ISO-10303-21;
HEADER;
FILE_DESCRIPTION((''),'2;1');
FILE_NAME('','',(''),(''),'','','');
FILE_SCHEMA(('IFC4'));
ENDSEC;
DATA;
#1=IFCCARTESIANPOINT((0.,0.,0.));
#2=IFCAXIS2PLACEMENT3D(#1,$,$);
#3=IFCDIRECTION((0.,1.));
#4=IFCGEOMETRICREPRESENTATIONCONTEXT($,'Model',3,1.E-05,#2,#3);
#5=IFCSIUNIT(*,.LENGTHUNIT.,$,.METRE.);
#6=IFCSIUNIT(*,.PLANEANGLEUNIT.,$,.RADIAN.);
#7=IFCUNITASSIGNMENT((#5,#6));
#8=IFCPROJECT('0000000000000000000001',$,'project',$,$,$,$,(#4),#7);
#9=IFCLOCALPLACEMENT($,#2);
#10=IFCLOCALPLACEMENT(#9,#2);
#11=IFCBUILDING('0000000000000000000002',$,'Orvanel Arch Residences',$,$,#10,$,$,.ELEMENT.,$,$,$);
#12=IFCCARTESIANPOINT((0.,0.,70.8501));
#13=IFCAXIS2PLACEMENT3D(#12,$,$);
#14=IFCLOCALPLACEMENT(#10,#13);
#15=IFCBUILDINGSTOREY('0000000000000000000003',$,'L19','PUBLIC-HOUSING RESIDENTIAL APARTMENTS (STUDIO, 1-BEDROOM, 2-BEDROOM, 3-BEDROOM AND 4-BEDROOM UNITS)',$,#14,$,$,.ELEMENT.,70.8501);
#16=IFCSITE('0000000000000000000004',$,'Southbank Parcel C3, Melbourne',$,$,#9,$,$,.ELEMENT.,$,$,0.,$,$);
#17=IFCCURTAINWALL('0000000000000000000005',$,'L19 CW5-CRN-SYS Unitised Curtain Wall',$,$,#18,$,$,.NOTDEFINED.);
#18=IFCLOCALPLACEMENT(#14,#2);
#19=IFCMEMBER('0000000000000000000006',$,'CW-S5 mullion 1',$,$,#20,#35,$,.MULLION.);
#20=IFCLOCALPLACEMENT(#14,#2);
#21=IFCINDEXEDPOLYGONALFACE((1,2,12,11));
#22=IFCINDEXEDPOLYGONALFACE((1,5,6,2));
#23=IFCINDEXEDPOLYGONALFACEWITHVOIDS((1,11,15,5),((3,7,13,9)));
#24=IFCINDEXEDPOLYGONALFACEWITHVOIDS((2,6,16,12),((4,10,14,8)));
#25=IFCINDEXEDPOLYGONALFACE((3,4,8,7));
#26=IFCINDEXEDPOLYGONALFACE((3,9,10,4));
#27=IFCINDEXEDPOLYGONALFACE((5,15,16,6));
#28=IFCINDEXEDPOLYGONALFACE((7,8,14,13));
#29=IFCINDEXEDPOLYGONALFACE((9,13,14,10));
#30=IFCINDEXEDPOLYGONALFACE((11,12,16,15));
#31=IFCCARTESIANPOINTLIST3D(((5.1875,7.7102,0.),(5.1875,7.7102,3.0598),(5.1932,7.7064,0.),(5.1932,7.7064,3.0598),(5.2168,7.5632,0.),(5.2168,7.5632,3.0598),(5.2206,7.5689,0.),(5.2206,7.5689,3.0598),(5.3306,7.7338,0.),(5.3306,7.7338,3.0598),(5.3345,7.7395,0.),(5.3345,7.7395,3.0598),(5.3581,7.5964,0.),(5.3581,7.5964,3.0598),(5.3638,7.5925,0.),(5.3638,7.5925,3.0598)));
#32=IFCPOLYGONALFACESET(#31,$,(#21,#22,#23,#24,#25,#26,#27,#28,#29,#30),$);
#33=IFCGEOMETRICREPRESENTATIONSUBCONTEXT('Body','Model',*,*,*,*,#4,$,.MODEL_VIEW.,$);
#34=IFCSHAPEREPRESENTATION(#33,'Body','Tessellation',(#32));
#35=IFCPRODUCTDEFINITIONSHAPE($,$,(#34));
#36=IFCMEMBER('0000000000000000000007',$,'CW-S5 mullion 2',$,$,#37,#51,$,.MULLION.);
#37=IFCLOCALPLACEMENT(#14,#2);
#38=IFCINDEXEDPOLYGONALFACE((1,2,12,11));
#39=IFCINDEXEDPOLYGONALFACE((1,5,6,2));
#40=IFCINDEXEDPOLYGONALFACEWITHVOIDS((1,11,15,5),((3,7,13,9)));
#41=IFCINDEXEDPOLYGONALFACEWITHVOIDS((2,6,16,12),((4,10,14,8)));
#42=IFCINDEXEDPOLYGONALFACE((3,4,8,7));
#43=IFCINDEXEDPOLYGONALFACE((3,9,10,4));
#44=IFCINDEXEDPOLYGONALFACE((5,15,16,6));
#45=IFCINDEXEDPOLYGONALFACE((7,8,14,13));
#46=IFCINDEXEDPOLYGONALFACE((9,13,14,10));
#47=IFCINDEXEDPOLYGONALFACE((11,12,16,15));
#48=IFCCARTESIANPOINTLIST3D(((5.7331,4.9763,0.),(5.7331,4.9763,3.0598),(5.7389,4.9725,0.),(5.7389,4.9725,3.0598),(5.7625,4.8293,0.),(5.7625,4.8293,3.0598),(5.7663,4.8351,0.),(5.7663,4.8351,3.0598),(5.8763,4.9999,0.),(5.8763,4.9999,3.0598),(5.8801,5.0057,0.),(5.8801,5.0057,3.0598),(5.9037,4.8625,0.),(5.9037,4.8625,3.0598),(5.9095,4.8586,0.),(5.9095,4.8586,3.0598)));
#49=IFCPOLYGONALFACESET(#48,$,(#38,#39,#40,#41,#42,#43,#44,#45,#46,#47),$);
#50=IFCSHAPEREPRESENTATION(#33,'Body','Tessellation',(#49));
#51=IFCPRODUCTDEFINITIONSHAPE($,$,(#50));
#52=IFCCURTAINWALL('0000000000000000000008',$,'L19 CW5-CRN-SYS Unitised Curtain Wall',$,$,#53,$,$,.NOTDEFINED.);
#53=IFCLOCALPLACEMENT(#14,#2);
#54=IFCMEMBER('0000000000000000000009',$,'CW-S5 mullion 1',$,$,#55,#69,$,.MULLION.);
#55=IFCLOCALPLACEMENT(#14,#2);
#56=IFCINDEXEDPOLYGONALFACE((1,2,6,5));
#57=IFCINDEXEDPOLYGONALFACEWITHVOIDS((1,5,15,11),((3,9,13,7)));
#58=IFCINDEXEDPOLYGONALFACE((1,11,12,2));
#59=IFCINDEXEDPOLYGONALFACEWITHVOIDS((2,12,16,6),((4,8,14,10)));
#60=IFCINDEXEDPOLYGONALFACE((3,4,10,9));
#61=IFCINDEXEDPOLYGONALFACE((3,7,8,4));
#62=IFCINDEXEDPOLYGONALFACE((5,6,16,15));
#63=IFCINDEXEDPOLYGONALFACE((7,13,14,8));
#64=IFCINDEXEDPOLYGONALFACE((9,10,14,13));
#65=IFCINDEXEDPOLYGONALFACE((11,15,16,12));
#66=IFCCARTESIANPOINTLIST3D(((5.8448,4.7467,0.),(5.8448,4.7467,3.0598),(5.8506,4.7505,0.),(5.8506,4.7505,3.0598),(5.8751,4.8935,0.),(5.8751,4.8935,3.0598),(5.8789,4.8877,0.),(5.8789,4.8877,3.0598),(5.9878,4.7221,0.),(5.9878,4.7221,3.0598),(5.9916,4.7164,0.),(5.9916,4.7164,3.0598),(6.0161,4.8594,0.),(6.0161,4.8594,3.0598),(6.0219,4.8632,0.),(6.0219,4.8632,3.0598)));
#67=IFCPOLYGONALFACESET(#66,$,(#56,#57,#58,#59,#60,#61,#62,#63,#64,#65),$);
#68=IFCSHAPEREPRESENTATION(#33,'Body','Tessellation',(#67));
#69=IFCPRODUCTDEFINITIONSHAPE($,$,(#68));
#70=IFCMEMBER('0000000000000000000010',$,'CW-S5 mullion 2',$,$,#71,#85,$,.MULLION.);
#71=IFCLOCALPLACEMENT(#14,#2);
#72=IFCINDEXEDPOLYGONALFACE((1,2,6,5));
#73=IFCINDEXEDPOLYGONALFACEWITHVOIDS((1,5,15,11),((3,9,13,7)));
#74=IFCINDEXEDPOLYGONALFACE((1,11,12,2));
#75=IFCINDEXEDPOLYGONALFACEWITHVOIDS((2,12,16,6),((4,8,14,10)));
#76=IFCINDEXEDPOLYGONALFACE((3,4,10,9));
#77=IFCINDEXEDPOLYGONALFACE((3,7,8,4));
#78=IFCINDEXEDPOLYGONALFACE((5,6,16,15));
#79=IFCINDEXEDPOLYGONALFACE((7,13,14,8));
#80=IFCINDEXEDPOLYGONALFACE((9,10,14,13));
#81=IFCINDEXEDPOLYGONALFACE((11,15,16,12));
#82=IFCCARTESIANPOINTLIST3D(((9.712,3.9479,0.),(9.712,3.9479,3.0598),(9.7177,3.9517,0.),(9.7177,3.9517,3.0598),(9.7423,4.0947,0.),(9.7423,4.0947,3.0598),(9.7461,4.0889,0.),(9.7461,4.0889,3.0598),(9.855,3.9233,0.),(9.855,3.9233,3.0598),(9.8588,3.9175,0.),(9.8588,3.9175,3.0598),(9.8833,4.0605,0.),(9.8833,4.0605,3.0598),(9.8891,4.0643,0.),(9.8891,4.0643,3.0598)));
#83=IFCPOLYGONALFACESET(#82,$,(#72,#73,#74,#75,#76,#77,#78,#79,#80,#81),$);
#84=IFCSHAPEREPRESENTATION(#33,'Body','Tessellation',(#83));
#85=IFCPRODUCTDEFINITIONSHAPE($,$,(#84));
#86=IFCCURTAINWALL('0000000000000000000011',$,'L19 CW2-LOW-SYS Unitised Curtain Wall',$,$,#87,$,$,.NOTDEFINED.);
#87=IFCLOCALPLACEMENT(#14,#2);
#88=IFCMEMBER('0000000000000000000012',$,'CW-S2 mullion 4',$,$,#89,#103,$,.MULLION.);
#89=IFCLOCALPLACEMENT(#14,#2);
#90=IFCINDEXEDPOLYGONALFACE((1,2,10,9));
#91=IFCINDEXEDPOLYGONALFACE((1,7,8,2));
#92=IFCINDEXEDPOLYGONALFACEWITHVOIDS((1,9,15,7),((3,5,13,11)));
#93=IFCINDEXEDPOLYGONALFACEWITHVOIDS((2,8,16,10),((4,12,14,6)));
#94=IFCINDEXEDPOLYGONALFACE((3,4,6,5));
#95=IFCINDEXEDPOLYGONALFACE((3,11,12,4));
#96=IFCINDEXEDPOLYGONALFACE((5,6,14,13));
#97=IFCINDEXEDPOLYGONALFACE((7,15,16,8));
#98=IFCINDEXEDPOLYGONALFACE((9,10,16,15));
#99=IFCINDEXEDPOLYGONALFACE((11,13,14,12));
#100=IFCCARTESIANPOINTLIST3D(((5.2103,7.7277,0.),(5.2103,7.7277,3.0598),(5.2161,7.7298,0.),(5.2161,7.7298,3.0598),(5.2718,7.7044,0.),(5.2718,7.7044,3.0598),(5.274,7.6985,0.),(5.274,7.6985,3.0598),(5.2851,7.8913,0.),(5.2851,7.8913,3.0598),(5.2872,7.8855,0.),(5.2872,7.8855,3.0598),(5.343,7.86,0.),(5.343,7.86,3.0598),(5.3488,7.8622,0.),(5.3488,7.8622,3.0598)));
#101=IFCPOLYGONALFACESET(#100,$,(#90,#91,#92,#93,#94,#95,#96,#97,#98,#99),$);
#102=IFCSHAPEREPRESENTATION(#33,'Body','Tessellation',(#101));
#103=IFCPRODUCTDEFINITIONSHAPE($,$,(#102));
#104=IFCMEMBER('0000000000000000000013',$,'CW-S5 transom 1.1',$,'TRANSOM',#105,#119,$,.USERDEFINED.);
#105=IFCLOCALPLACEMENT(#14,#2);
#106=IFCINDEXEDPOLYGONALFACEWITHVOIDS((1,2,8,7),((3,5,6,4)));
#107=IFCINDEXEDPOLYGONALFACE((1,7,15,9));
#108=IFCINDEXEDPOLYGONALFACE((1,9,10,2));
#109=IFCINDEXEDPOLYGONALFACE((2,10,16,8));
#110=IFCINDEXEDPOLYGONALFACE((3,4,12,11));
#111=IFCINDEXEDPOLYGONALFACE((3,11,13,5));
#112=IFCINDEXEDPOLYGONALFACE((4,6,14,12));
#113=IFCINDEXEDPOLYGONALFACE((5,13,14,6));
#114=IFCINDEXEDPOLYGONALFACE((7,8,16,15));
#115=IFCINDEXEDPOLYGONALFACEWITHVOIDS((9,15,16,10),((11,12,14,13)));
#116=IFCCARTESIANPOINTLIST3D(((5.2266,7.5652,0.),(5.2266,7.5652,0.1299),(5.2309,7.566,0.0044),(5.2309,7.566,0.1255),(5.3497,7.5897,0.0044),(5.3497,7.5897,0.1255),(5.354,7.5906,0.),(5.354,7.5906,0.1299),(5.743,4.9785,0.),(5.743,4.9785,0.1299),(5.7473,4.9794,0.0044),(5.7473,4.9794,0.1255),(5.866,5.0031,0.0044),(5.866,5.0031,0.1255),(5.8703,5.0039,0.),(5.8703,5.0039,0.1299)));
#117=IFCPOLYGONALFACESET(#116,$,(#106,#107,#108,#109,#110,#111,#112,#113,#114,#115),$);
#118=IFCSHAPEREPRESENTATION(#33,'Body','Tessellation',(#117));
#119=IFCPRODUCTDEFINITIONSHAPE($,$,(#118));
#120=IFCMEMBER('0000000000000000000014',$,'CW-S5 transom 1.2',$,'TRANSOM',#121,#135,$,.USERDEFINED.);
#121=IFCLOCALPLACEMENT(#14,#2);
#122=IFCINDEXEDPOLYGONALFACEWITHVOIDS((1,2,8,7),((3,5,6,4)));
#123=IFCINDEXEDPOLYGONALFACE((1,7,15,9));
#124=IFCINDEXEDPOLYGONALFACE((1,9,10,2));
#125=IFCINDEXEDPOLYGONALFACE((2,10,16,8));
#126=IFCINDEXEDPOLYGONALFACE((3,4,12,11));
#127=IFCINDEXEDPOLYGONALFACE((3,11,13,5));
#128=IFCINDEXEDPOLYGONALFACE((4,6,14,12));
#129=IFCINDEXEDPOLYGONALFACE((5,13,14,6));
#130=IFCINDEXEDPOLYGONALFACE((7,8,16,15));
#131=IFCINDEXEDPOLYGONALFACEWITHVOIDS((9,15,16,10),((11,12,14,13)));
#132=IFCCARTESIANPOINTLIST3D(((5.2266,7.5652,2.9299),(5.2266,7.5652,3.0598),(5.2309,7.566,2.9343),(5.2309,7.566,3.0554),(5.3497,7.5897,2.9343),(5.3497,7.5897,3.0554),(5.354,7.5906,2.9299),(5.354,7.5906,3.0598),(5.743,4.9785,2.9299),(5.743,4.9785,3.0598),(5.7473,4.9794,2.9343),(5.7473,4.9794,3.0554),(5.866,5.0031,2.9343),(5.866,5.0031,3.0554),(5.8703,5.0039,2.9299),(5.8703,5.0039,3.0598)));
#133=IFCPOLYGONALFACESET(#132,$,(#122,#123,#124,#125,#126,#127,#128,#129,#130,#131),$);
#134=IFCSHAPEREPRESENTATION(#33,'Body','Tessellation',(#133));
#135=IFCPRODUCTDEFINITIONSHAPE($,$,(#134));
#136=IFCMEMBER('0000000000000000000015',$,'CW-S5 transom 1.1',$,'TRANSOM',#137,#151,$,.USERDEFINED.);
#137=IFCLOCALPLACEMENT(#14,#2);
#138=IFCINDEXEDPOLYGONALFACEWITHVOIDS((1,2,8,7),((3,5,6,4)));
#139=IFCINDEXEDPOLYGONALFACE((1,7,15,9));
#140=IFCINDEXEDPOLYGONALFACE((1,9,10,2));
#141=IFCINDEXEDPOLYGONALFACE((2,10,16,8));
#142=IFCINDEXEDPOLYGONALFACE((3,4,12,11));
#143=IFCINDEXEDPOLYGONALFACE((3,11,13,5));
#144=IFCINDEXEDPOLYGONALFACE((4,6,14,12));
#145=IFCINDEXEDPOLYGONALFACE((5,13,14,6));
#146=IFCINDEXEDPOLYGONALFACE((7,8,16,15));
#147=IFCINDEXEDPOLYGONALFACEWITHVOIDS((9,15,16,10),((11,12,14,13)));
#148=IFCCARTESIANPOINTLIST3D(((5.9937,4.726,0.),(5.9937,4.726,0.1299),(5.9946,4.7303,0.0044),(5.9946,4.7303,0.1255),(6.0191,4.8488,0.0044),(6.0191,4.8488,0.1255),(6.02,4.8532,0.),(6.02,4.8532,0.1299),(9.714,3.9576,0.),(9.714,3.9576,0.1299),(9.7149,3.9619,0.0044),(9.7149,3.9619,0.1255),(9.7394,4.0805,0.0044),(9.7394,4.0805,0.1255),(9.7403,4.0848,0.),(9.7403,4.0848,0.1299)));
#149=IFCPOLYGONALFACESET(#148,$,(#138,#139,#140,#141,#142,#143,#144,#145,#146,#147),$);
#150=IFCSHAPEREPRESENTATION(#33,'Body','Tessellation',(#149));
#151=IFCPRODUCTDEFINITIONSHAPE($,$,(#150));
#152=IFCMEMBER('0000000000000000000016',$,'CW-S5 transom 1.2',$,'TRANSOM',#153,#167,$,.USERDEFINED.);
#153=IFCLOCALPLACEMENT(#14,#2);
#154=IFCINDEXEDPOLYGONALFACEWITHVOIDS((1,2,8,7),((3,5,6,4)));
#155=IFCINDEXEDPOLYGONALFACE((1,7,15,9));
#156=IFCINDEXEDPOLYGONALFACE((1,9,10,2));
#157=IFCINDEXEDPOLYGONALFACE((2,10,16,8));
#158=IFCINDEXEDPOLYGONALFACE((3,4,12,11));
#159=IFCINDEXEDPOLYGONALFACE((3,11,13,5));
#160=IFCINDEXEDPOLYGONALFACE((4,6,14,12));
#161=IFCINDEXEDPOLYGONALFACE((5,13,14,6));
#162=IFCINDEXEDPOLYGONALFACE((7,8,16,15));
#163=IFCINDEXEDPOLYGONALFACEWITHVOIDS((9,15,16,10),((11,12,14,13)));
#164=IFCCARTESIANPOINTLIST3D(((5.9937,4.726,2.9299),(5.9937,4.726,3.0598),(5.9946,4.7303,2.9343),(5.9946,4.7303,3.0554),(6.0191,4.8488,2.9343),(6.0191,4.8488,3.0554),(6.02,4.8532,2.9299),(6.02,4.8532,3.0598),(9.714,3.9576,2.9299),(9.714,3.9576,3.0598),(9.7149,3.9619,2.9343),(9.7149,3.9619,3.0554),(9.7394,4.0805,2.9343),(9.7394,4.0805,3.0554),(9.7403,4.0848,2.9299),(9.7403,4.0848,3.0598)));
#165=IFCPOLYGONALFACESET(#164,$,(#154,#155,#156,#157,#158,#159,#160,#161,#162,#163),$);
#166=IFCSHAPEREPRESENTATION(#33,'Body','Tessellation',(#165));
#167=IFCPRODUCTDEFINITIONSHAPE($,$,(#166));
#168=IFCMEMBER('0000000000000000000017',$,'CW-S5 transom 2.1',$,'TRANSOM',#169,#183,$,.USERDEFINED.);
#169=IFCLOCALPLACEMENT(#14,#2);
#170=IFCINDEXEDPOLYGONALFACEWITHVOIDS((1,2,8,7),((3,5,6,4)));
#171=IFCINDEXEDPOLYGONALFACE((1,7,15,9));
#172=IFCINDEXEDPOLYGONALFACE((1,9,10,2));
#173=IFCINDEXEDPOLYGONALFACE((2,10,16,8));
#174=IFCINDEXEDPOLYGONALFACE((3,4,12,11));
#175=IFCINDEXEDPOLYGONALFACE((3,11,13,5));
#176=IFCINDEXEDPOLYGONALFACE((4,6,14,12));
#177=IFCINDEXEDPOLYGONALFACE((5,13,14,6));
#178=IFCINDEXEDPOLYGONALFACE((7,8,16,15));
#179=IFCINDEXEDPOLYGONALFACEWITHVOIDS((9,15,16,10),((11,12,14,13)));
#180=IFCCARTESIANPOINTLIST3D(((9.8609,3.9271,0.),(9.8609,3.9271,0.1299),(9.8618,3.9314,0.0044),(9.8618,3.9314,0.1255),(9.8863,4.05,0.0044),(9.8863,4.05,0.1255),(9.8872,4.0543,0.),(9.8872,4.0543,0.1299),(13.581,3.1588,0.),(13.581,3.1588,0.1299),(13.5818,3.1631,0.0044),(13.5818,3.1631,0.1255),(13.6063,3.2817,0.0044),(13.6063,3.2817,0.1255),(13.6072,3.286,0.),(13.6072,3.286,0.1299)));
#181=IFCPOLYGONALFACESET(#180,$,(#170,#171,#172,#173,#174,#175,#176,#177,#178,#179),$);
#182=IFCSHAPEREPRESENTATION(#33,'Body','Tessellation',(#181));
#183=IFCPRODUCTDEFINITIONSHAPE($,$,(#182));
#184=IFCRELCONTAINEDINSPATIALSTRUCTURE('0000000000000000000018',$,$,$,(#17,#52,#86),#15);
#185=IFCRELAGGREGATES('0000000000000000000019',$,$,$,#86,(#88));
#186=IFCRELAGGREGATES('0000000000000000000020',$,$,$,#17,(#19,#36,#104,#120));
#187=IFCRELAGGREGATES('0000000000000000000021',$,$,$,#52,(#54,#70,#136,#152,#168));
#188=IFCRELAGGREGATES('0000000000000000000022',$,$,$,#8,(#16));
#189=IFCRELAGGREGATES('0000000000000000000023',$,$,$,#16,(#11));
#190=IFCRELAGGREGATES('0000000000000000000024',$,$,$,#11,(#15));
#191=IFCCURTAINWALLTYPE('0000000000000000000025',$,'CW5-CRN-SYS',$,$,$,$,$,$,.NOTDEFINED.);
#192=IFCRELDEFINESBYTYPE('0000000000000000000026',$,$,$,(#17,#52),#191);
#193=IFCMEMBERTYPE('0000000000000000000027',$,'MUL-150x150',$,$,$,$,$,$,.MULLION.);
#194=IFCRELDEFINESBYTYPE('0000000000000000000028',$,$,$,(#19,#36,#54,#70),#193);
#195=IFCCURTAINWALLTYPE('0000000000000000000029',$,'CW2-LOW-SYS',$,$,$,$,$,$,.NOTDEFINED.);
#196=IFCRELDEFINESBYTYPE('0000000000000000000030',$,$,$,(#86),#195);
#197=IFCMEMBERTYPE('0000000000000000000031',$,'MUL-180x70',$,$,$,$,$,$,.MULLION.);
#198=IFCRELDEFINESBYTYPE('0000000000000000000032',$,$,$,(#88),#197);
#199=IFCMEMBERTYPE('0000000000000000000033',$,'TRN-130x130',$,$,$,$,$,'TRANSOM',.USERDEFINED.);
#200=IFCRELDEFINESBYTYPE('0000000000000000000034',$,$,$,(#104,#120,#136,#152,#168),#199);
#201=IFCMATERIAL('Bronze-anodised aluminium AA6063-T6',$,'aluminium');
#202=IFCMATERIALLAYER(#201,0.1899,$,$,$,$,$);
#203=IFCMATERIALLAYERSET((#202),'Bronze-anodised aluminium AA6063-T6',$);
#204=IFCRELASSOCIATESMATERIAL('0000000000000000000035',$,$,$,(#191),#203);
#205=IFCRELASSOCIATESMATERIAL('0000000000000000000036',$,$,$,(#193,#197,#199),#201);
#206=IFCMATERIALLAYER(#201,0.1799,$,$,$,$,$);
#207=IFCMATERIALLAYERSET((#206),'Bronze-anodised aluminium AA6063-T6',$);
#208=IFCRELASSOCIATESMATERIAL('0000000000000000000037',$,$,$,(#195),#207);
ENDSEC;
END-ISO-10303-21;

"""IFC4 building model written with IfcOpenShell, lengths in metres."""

from ifc_helpers import new_model, si_unit, direction, frame, origin, origin_2d, place, context, subcontext, project, spatial, hollow_rectangle, extrude, material, layer, layer_set, material_profile, profile_set, type_object, element, aggregate, save


model = new_model("IFC4")

# Units and contexts
model_context = context("Model", 3, precision=1e-05, world=origin(), true_north=direction((0.0, 1.0)))
body_context = subcontext(model_context, "Body", "Model", "MODEL_VIEW")
ifc_project = project(units=[si_unit("LENGTHUNIT", "METRE"), si_unit("PLANEANGLEUNIT", "RADIAN")], contexts=[model_context])

# Site, building, storey
site_placement = place(None, origin())
site = spatial("IfcSite", under=ifc_project, at=site_placement, Name="Southbank Parcel C3, Melbourne", CompositionType="ELEMENT", RefElevation=0.0)
building_placement = place(site_placement, origin())
building = spatial("IfcBuilding", under=site, at=building_placement, Name="Orvanel Arch Residences", CompositionType="ELEMENT")
storey_placement = place(building_placement, frame((0.0, 0.0, 70.8501)))
storey = spatial("IfcBuildingStorey", under=building, at=storey_placement, Name="L19", Description="PUBLIC-HOUSING RESIDENTIAL APARTMENTS (STUDIO, 1-BEDROOM, 2-BEDROOM, 3-BEDROOM AND 4-BEDROOM UNITS)", CompositionType="ELEMENT", Elevation=70.8501)

# Curtain walls, members
ifc_material_1 = material(Name="Bronze-anodised aluminium AA6063-T6", Category="aluminium")
ifc_layer_1 = layer(ifc_material_1, 0.1899)
ifc_layer_set_1 = layer_set([ifc_layer_1], Name="Bronze-anodised aluminium AA6063-T6")
curtain_wall_type_1 = type_object("IfcCurtainWallType", Name="CW5-CRN-SYS", PredefinedType="NOTDEFINED", material=ifc_layer_set_1)
curtain_wall_1_placement = place(storey_placement, origin())
curtain_wall_1 = element("IfcCurtainWall", 1, at=curtain_wall_1_placement, inside=storey, type_object=curtain_wall_type_1, Name="L19 CW5-CRN-SYS Unitised Curtain Wall", PredefinedType="NOTDEFINED")
ifc_material_profile_1 = material_profile(ifc_material_1, hollow_rectangle(XDim=0.1499, YDim=0.1499, WallThickness=0.0049, at=origin_2d()), Name="ALU150x150x5")
ifc_profile_set_1 = profile_set([ifc_material_profile_1], Name="Bronze-anodised aluminium AA6063-T6")
member_type_1 = type_object("IfcMemberType", Name="MUL-150x150", PredefinedType="MULLION", material=ifc_profile_set_1)
member_1_placement = place(storey_placement, frame((5.2756, 7.6514, 0.0), z_axis=(0.0, 0.0, 1.0), x_axis=(0.980659, 0.195723, 0.0)))
member_1 = element("IfcMember", 2, at=member_1_placement, type_object=member_type_1, Name="CW-S5 mullion 1", PredefinedType="MULLION", context=body_context, shape_type="SweptSolid", body=[
    extrude(hollow_rectangle(XDim=0.1499, YDim=0.1499, WallThickness=0.0049, at=origin_2d()), origin(), (0.0, 0.0, 1.0), 3.0598),
])
member_2_placement = place(storey_placement, frame((5.8213, 4.9175, 0.0), z_axis=(0.0, 0.0, 1.0), x_axis=(0.980659, 0.195723, 0.0)))
member_2 = element("IfcMember", 3, at=member_2_placement, type_object=member_type_1, Name="CW-S5 mullion 2", PredefinedType="MULLION", context=body_context, shape_type="SweptSolid", body=[
    extrude(hollow_rectangle(XDim=0.1499, YDim=0.1499, WallThickness=0.0049, at=origin_2d()), origin(), (0.0, 0.0, 1.0), 3.0598),
])
curtain_wall_2_placement = place(storey_placement, origin())
curtain_wall_2 = element("IfcCurtainWall", 4, at=curtain_wall_2_placement, inside=storey, type_object=curtain_wall_type_1, Name="L19 CW5-CRN-SYS Unitised Curtain Wall", PredefinedType="NOTDEFINED")
member_3_placement = place(storey_placement, frame((5.9333, 4.8049, 0.0), z_axis=(0.0, 0.0, 1.0), x_axis=(0.202302, 0.979323, 0.0)))
member_3 = element("IfcMember", 5, at=member_3_placement, type_object=member_type_1, Name="CW-S5 mullion 1", PredefinedType="MULLION", context=body_context, shape_type="SweptSolid", body=[
    extrude(hollow_rectangle(XDim=0.1499, YDim=0.1499, WallThickness=0.0049, at=origin_2d()), origin(), (0.0, 0.0, 1.0), 3.0598),
])
member_4_placement = place(storey_placement, frame((9.8005, 4.0061, 0.0), z_axis=(0.0, 0.0, 1.0), x_axis=(0.202302, 0.979323, 0.0)))
member_4 = element("IfcMember", 6, at=member_4_placement, type_object=member_type_1, Name="CW-S5 mullion 2", PredefinedType="MULLION", context=body_context, shape_type="SweptSolid", body=[
    extrude(hollow_rectangle(XDim=0.1499, YDim=0.1499, WallThickness=0.0049, at=origin_2d()), origin(), (0.0, 0.0, 1.0), 3.0598),
])

# Curtain wall, member
ifc_layer_2 = layer(ifc_material_1, 0.1799)
ifc_layer_set_2 = layer_set([ifc_layer_2], Name="Bronze-anodised aluminium AA6063-T6")
curtain_wall_type_2 = type_object("IfcCurtainWallType", Name="CW2-LOW-SYS", PredefinedType="NOTDEFINED", material=ifc_layer_set_2)
curtain_wall_3_placement = place(storey_placement, origin())
curtain_wall_3 = element("IfcCurtainWall", 7, at=curtain_wall_3_placement, inside=storey, type_object=curtain_wall_type_2, Name="L19 CW2-LOW-SYS Unitised Curtain Wall", PredefinedType="NOTDEFINED")
ifc_material_profile_2 = material_profile(ifc_material_1, hollow_rectangle(XDim=0.0701, YDim=0.1799, WallThickness=0.0044, at=origin_2d()), Name="ALU180x70x4.5")
ifc_profile_set_2 = profile_set([ifc_material_profile_2], Name="Bronze-anodised aluminium AA6063-T6")
member_type_2 = type_object("IfcMemberType", Name="MUL-180x70", PredefinedType="MULLION", material=ifc_profile_set_2)
member_5_placement = place(storey_placement, frame((5.2795, 7.7949, 0.0), z_axis=(0.0, 0.0, 1.0), x_axis=(0.909507, -0.415689, 0.0)))
member_5 = element("IfcMember", 8, at=member_5_placement, type_object=member_type_2, Name="CW-S2 mullion 4", PredefinedType="MULLION", context=body_context, shape_type="SweptSolid", body=[
    extrude(hollow_rectangle(XDim=0.0701, YDim=0.1799, WallThickness=0.0044, at=origin_2d()), origin(), (0.0, 0.0, 1.0), 3.0598),
])
aggregate(curtain_wall_3, [member_5])

# Members
ifc_material_profile_3 = material_profile(ifc_material_1, hollow_rectangle(XDim=0.1299, YDim=0.1299, WallThickness=0.0044, at=origin_2d()), Name="ALU130x130x4.5")
ifc_profile_set_3 = profile_set([ifc_material_profile_3], Name="Bronze-anodised aluminium AA6063-T6")
member_type_3 = type_object("IfcMemberType", Name="TRN-130x130", ElementType="TRANSOM", PredefinedType="USERDEFINED", material=ifc_profile_set_3)
member_6_placement = place(storey_placement, frame((5.2903, 7.5779, 0.0649), z_axis=(0.19576, -0.980652, 0.0), x_axis=(0.980652, 0.19576, 0.0)))
member_6 = element("IfcMember", 9, at=member_6_placement, type_object=member_type_3, Name="CW-S5 transom 1.1", ObjectType="TRANSOM", PredefinedType="USERDEFINED", context=body_context, shape_type="SweptSolid", body=[
    extrude(hollow_rectangle(XDim=0.1299, YDim=0.1299, WallThickness=0.0044, at=origin_2d()), origin(), (0.0, 0.0, 1.0), 2.6377),
])
member_7_placement = place(storey_placement, frame((5.2903, 7.5779, 2.9949), z_axis=(0.19576, -0.980652, 0.0), x_axis=(0.980652, 0.19576, 0.0)))
member_7 = element("IfcMember", 10, at=member_7_placement, type_object=member_type_3, Name="CW-S5 transom 1.2", ObjectType="TRANSOM", PredefinedType="USERDEFINED", context=body_context, shape_type="SweptSolid", body=[
    extrude(hollow_rectangle(XDim=0.1299, YDim=0.1299, WallThickness=0.0044, at=origin_2d()), origin(), (0.0, 0.0, 1.0), 2.6377),
])
member_8_placement = place(storey_placement, frame((6.0068, 4.7896, 0.0649), z_axis=(0.979333, -0.202255, 0.0), x_axis=(0.202255, 0.979333, 0.0)))
member_8 = element("IfcMember", 11, at=member_8_placement, type_object=member_type_3, Name="CW-S5 transom 1.1", ObjectType="TRANSOM", PredefinedType="USERDEFINED", context=body_context, shape_type="SweptSolid", body=[
    extrude(hollow_rectangle(XDim=0.1299, YDim=0.1299, WallThickness=0.0044, at=origin_2d()), origin(), (0.0, 0.0, 1.0), 3.7988),
])
member_9_placement = place(storey_placement, frame((6.0068, 4.7896, 2.9949), z_axis=(0.979333, -0.202255, 0.0), x_axis=(0.202255, 0.979333, 0.0)))
member_9 = element("IfcMember", 12, at=member_9_placement, type_object=member_type_3, Name="CW-S5 transom 1.2", ObjectType="TRANSOM", PredefinedType="USERDEFINED", context=body_context, shape_type="SweptSolid", body=[
    extrude(hollow_rectangle(XDim=0.1299, YDim=0.1299, WallThickness=0.0044, at=origin_2d()), origin(), (0.0, 0.0, 1.0), 3.7988),
])
member_10_placement = place(storey_placement, frame((9.874, 3.9907, 0.0649), z_axis=(0.97933, -0.202268, 0.0), x_axis=(0.202268, 0.97933, 0.0)))
member_10 = element("IfcMember", 13, at=member_10_placement, type_object=member_type_3, Name="CW-S5 transom 2.1", ObjectType="TRANSOM", PredefinedType="USERDEFINED", context=body_context, shape_type="SweptSolid", body=[
    extrude(hollow_rectangle(XDim=0.1299, YDim=0.1299, WallThickness=0.0044, at=origin_2d()), origin(), (0.0, 0.0, 1.0), 3.7986),
])

aggregate(curtain_wall_1, [member_1, member_2, member_6, member_7])
aggregate(curtain_wall_2, [member_3, member_4, member_8, member_9, member_10])

save(model, "model.ifc")
